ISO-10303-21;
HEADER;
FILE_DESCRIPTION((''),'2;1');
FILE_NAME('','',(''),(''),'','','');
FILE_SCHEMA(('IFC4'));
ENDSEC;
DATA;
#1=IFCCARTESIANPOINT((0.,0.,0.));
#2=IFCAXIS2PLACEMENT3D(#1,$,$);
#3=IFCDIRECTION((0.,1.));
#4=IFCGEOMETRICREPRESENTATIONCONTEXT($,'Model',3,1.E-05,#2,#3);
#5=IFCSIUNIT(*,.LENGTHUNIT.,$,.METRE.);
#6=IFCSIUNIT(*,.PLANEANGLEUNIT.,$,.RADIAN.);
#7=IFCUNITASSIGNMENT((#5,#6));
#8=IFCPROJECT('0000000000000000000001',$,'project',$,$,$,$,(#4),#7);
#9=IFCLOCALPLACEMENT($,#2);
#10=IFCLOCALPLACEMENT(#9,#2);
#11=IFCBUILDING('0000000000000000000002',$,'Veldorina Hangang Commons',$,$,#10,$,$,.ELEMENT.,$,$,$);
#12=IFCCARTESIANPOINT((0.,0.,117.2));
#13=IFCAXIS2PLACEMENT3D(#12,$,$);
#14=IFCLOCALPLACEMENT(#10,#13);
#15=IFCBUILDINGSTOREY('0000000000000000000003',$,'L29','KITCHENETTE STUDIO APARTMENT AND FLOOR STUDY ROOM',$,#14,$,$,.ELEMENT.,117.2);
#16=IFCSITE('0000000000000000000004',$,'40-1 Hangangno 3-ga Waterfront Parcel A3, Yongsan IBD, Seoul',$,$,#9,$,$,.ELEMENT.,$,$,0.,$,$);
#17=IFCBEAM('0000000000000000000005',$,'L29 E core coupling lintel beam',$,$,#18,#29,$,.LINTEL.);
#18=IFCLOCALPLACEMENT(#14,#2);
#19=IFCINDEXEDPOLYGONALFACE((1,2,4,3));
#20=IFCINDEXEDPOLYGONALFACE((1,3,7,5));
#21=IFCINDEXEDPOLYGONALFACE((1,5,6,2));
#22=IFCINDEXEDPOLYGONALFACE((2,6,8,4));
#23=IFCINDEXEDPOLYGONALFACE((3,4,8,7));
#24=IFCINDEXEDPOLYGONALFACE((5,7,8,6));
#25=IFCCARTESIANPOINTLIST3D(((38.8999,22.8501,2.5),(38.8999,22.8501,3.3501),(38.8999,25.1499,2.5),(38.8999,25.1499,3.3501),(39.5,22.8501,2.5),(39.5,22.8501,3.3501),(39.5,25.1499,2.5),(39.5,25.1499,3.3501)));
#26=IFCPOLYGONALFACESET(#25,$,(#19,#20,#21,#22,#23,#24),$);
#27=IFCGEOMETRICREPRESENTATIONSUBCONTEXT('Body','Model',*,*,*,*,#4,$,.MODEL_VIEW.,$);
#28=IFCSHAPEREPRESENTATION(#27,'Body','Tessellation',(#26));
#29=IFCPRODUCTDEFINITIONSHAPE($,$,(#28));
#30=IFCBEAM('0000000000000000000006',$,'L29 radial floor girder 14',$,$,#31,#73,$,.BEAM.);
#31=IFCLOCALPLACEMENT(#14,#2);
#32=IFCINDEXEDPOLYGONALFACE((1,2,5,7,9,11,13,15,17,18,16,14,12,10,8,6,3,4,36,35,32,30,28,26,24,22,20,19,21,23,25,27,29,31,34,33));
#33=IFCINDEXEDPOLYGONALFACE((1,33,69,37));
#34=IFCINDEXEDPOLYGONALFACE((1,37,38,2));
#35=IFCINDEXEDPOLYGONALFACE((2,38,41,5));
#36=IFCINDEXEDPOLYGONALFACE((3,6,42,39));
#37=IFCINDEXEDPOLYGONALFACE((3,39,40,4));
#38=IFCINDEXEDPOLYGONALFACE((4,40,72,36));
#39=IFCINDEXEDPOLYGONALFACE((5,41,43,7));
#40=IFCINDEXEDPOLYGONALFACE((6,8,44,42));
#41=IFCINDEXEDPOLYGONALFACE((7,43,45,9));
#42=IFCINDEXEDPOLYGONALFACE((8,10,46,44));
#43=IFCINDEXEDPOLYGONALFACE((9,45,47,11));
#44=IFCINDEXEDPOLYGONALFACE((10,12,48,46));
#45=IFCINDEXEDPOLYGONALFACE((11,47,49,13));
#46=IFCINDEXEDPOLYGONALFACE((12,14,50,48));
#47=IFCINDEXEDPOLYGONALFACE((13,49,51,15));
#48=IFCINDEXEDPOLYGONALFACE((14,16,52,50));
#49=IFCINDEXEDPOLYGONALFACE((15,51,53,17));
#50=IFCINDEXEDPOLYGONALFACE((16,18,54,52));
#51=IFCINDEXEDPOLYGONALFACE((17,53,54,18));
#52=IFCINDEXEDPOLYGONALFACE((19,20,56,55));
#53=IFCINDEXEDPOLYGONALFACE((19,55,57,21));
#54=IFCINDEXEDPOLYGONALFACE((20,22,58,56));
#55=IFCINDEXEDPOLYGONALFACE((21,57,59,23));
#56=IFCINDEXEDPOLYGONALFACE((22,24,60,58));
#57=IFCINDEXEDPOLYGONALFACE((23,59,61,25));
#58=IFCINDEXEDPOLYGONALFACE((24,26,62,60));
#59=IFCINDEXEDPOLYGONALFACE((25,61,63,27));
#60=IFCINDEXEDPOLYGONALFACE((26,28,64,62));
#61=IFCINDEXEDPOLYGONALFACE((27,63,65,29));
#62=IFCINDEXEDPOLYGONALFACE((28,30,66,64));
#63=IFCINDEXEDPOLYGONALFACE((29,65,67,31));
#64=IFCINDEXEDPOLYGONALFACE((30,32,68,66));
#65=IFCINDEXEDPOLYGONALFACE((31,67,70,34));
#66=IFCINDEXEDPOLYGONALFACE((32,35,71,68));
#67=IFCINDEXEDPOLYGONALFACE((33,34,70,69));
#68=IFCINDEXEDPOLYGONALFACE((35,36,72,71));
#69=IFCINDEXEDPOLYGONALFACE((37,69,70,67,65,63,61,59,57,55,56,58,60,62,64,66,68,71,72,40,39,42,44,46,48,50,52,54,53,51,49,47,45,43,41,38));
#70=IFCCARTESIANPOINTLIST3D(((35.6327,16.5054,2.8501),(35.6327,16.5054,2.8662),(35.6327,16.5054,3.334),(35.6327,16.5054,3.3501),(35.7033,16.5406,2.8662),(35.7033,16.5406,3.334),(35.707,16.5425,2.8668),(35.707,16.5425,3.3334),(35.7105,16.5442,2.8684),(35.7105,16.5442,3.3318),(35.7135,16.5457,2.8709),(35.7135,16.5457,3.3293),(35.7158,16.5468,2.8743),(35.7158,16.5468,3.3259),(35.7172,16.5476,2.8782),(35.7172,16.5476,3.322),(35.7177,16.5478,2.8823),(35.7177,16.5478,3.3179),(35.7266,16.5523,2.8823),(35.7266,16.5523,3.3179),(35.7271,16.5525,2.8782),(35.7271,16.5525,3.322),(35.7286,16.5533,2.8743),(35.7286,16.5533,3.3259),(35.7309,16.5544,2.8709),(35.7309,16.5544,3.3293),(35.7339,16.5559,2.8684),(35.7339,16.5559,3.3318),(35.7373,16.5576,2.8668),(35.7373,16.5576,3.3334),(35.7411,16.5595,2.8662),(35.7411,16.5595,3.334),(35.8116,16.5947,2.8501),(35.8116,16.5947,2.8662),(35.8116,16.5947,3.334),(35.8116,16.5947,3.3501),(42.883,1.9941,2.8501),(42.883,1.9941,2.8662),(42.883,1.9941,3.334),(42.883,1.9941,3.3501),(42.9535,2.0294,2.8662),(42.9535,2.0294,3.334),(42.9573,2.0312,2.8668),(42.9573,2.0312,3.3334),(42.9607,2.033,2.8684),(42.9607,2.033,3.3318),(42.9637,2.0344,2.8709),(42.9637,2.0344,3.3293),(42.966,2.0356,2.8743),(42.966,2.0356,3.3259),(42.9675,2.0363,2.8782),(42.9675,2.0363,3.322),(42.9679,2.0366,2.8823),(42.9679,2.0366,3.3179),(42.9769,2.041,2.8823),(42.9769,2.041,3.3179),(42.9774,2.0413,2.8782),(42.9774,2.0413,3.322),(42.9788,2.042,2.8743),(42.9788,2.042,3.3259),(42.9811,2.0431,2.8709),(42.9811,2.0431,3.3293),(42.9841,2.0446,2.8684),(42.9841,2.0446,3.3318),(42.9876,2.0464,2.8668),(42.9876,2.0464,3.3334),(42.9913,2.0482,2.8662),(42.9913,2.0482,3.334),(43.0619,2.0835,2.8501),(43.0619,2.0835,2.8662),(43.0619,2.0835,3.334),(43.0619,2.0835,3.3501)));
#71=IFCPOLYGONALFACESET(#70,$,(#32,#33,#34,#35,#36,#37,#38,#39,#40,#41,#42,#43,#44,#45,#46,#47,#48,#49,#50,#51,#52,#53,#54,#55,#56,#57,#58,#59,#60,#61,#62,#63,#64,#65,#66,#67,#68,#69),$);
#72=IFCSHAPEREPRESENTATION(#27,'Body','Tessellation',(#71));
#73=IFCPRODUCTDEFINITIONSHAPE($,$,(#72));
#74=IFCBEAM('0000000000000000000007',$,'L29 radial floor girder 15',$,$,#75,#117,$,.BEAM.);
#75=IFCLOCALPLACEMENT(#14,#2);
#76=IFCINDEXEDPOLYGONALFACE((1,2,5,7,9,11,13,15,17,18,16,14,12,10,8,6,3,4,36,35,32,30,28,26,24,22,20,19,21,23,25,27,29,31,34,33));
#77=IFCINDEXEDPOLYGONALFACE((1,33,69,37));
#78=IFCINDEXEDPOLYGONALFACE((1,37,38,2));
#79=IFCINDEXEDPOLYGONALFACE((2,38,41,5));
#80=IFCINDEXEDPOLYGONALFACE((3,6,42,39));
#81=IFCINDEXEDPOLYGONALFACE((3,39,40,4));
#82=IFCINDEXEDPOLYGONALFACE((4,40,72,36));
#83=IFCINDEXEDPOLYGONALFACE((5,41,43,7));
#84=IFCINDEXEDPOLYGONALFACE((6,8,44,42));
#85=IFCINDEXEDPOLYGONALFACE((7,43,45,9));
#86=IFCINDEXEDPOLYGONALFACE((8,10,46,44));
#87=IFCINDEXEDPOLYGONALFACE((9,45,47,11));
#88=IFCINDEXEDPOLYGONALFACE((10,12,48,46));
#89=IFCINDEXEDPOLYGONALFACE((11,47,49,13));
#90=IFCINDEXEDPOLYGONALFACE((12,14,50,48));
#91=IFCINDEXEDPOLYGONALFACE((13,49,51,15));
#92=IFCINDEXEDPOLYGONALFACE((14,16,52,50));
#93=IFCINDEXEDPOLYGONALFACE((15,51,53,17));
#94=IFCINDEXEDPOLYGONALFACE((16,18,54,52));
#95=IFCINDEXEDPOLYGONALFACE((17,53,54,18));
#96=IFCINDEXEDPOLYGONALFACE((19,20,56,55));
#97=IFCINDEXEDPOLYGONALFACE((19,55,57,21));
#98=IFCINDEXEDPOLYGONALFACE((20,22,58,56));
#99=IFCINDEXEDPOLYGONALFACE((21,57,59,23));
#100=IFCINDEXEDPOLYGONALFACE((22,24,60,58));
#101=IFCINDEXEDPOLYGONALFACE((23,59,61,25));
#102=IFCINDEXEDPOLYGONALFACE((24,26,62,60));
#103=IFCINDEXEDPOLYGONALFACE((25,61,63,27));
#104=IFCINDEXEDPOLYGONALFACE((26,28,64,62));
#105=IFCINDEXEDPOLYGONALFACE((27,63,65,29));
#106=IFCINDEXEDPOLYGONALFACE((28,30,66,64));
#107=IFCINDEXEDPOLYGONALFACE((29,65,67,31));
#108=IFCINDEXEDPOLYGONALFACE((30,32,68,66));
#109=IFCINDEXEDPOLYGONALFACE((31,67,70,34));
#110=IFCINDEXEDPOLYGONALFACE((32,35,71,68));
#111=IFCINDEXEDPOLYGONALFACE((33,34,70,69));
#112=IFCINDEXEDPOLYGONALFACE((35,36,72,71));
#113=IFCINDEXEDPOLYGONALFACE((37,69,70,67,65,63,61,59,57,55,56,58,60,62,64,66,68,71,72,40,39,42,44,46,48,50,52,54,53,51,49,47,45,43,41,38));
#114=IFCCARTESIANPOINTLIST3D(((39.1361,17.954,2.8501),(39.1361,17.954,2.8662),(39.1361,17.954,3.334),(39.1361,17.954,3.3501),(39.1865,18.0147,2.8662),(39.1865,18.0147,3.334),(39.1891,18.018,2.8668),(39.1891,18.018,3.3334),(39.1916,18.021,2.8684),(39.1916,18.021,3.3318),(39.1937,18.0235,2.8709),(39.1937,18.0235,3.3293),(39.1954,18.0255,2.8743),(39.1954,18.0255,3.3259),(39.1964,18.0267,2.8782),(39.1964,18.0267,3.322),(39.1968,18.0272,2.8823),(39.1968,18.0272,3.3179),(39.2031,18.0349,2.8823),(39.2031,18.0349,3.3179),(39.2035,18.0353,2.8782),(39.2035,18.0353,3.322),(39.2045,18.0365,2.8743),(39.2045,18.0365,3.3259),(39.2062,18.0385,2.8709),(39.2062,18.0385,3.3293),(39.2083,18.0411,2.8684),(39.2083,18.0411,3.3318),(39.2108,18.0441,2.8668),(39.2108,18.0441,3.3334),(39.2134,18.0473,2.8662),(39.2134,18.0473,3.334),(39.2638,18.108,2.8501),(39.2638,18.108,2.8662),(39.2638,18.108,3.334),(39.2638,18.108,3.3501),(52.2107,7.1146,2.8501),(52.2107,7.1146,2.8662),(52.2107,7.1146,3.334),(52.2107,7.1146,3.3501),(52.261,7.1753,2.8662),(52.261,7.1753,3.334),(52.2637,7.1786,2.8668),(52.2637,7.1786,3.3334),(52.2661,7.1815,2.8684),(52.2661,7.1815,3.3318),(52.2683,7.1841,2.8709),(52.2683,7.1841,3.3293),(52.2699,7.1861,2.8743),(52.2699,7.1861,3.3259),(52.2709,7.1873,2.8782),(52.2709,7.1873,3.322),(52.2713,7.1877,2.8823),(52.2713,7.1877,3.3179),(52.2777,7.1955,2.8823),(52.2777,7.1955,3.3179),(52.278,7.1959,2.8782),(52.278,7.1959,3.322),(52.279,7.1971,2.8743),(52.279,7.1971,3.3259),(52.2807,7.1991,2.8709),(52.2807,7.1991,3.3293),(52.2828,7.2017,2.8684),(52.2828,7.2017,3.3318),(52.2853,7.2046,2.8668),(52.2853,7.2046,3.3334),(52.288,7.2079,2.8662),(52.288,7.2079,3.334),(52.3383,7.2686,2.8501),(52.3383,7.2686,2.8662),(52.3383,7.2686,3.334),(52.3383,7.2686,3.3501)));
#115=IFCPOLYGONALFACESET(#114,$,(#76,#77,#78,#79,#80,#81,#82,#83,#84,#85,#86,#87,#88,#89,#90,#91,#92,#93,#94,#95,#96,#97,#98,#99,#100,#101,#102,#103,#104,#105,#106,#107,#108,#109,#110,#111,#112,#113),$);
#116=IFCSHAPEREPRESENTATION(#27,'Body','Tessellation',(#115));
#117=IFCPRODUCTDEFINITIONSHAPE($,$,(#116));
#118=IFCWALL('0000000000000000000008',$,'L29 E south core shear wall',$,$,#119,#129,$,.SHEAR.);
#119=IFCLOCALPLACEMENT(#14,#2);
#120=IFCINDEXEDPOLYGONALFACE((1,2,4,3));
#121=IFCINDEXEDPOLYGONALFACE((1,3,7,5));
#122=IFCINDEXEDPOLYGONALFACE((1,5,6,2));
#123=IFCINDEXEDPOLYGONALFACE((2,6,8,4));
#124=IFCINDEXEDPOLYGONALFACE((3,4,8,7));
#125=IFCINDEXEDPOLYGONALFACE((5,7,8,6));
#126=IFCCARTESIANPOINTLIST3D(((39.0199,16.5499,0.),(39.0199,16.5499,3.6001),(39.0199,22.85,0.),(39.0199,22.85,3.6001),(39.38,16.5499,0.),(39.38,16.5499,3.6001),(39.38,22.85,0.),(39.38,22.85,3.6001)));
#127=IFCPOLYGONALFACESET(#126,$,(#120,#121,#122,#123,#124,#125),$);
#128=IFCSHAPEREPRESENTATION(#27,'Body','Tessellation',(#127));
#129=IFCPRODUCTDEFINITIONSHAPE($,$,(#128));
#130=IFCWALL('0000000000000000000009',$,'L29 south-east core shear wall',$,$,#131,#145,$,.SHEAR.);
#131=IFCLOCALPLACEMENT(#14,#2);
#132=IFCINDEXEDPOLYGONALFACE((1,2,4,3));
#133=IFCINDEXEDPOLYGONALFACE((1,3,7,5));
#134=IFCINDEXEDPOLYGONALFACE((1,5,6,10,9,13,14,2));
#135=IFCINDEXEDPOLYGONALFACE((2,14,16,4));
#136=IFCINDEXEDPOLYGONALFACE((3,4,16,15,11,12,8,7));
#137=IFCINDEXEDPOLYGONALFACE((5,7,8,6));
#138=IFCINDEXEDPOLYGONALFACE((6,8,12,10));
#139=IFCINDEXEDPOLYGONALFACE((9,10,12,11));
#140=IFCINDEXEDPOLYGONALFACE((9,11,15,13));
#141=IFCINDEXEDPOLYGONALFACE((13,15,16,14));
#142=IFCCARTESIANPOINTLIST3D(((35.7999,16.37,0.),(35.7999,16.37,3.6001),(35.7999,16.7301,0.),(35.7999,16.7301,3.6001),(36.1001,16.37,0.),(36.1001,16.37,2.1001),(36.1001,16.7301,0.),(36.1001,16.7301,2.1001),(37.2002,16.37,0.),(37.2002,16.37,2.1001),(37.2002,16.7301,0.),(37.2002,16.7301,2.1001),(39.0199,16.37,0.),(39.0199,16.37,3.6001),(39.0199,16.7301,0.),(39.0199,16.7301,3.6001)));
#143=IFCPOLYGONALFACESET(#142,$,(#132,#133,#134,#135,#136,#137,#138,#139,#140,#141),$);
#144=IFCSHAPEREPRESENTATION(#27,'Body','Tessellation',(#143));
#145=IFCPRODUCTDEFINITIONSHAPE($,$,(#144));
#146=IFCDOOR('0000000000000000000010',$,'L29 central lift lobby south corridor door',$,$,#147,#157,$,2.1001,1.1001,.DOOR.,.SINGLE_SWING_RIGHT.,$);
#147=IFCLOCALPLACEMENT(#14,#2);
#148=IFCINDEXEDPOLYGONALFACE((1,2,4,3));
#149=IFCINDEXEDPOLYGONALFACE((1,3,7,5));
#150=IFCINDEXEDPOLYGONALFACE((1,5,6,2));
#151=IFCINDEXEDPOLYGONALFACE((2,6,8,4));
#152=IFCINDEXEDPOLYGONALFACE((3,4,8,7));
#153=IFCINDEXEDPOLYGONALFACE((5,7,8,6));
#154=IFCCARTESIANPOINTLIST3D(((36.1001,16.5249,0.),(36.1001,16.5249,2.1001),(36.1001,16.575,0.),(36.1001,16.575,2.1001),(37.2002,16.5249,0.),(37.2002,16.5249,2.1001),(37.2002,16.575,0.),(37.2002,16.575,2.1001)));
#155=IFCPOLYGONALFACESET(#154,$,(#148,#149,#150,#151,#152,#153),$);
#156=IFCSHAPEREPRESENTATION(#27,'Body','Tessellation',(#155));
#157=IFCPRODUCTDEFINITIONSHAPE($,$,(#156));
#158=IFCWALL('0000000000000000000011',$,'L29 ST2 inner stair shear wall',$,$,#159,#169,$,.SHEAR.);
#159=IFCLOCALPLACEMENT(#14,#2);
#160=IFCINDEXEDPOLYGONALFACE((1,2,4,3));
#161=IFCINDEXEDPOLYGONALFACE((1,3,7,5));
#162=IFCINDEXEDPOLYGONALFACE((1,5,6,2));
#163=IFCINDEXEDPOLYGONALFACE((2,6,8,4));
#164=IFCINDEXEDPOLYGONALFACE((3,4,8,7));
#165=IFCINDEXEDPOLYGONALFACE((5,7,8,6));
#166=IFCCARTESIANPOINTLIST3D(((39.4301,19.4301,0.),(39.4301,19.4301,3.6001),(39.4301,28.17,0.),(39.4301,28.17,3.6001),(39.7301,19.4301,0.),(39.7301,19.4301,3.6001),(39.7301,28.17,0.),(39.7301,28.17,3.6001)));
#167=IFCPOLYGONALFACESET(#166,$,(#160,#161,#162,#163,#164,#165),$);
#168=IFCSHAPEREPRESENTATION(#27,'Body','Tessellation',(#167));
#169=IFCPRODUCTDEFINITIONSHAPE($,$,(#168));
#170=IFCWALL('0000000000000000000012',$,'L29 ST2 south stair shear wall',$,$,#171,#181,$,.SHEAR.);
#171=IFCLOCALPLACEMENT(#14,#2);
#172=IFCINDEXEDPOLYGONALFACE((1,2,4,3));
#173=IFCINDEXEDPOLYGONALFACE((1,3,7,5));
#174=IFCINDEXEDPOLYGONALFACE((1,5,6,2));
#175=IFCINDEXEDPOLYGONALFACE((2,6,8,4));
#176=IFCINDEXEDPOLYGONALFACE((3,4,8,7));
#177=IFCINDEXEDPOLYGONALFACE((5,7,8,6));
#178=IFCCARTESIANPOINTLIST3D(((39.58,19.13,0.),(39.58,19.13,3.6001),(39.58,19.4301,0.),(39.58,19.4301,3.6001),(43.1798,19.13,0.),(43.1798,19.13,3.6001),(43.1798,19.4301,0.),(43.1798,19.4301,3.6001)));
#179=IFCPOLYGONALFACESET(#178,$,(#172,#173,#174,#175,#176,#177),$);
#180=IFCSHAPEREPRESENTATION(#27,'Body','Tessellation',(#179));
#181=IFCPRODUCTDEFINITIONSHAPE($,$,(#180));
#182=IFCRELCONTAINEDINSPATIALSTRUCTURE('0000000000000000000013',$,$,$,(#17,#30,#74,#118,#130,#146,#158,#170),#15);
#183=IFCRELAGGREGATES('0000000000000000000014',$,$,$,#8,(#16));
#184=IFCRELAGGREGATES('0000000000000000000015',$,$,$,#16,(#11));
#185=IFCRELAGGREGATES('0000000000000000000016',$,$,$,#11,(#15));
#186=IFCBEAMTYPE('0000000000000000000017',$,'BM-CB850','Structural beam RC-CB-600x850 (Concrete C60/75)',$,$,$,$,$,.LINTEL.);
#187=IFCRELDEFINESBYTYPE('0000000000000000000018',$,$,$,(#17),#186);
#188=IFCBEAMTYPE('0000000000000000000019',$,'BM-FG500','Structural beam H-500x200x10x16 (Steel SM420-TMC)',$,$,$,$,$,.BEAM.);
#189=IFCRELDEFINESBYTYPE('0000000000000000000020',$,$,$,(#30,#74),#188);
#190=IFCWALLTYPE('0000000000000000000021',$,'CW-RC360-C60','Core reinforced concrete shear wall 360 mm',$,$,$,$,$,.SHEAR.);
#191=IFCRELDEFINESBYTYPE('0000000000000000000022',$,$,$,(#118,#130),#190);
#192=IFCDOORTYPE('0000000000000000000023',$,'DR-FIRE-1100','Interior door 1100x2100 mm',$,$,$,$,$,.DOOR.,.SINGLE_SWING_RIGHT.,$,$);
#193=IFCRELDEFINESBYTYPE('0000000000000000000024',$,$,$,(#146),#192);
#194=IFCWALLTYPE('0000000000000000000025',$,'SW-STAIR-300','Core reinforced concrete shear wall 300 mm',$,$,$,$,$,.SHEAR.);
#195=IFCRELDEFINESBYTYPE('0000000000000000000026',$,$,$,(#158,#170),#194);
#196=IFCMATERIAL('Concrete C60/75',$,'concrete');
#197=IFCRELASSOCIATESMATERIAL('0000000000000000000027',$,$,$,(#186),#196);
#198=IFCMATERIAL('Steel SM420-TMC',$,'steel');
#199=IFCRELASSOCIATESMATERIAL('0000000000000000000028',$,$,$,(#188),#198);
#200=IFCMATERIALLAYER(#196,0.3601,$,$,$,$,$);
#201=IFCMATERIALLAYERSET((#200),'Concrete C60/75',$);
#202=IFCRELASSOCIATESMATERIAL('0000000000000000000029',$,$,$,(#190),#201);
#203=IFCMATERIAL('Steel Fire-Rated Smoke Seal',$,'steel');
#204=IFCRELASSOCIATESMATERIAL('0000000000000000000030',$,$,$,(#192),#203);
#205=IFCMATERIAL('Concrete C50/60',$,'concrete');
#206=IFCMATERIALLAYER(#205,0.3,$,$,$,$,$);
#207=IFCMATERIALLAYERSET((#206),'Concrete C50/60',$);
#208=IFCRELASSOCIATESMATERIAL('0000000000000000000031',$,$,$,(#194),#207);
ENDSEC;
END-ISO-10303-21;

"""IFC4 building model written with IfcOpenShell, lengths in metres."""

from ifc_helpers import new_model, si_unit, direction, frame, frame_2d, origin, origin_2d, place, context, subcontext, project, spatial, rectangle, i_section, extrude, material, layer, layer_set, material_profile, profile_set, type_object, element, fill, save


model = new_model("IFC4")

# Units and contexts
model_context = context("Model", 3, precision=1e-05, world=origin(), true_north=direction((0.0, 1.0)))
body_context = subcontext(model_context, "Body", "Model", "MODEL_VIEW")
ifc_project = project(units=[si_unit("LENGTHUNIT", "METRE"), si_unit("PLANEANGLEUNIT", "RADIAN")], contexts=[model_context])

# Site, building, storey
site_placement = place(None, origin())
site = spatial("IfcSite", under=ifc_project, at=site_placement, Name="40-1 Hangangno 3-ga Waterfront Parcel A3, Yongsan IBD, Seoul", CompositionType="ELEMENT", RefElevation=0.0)
building_placement = place(site_placement, origin())
building = spatial("IfcBuilding", under=site, at=building_placement, Name="Veldorina Hangang Commons", CompositionType="ELEMENT")
storey_placement = place(building_placement, frame((0.0, 0.0, 117.2)))
storey = spatial("IfcBuildingStorey", under=building, at=storey_placement, Name="L29", Description="KITCHENETTE STUDIO APARTMENT AND FLOOR STUDY ROOM", CompositionType="ELEMENT", Elevation=117.2)

# Beams
ifc_material_1 = material(Name="Concrete C60/75", Category="concrete")
ifc_material_profile_1 = material_profile(ifc_material_1, rectangle(XDim=0.6001, YDim=0.8501, at=origin_2d()), Name="RC-CB-600x850")
ifc_profile_set_1 = profile_set([ifc_material_profile_1], Name="Concrete C60/75")
beam_type_1 = type_object("IfcBeamType", Name="BM-CB850", Description="Structural beam RC-CB-600x850 (Concrete C60/75)", PredefinedType="LINTEL", material=ifc_profile_set_1)
beam_1_placement = place(storey_placement, frame((39.2, 22.8501, 2.925), z_axis=(0.0, 1.0, 0.0), x_axis=(-1.0, 0.0, 0.0)))
element("IfcBeam", 1, at=beam_1_placement, inside=storey, type_object=beam_type_1, Name="L29 E core coupling lintel beam", PredefinedType="LINTEL", context=body_context, shape_type="SweptSolid", body=[
    extrude(rectangle(XDim=0.6001, YDim=0.8501, at=origin_2d()), origin(), (0.0, 0.0, 1.0), 2.2998),
])
ifc_material_2 = material(Name="Steel SM420-TMC", Category="steel")
ifc_material_profile_2 = material_profile(ifc_material_2, i_section(OverallWidth=0.2, OverallDepth=0.5, WebThickness=0.01, FlangeThickness=0.0161, FilletRadius=0.0161, at=origin_2d()), Name="H-500x200x10x16")
ifc_profile_set_2 = profile_set([ifc_material_profile_2], Name="Steel SM420-TMC")
beam_type_2 = type_object("IfcBeamType", Name="BM-FG500", Description="Structural beam H-500x200x10x16 (Steel SM420-TMC)", PredefinedType="BEAM", material=ifc_profile_set_2)
beam_2_placement = place(storey_placement, frame((35.7222, 16.55, 3.1001), z_axis=(0.446949, -0.89456, 0.0), x_axis=(0.89456, 0.446949, 0.0)))
element("IfcBeam", 2, at=beam_2_placement, inside=storey, type_object=beam_type_2, Name="L29 radial floor girder 14", PredefinedType="BEAM", context=body_context, shape_type="SweptSolid", body=[
    extrude(i_section(OverallWidth=0.2, OverallDepth=0.5, WebThickness=0.01, FlangeThickness=0.0161, FilletRadius=0.0161, at=origin_2d()), origin(), (0.0, 0.0, 1.0), 16.2217),
])
beam_3_placement = place(storey_placement, frame((39.2, 18.031, 3.1001), z_axis=(0.769841, -0.638235, 0.0), x_axis=(0.638235, 0.769841, 0.0)))
element("IfcBeam", 3, at=beam_3_placement, inside=storey, type_object=beam_type_2, Name="L29 radial floor girder 15", PredefinedType="BEAM", context=body_context, shape_type="SweptSolid", body=[
    extrude(i_section(OverallWidth=0.2, OverallDepth=0.5, WebThickness=0.01, FlangeThickness=0.0161, FilletRadius=0.0161, at=origin_2d()), origin(), (0.0, 0.0, 1.0), 16.9834),
])

# Wall
ifc_layer_1 = layer(ifc_material_1, 0.3601)
ifc_layer_set_1 = layer_set([ifc_layer_1], Name="Concrete C60/75")
wall_type_1 = type_object("IfcWallType", Name="CW-RC360-C60", Description="Core reinforced concrete shear wall 360 mm", PredefinedType="SHEAR", material=ifc_layer_set_1)
wall_1_placement = place(storey_placement, frame((39.2, 16.55, 0.0), z_axis=(0.0, 0.0, 1.0), x_axis=(0.0, 1.0, 0.0)))
element("IfcWall", 4, at=wall_1_placement, inside=storey, type_object=wall_type_1, Name="L29 E south core shear wall", PredefinedType="SHEAR", context=body_context, shape_type="SweptSolid", body=[
    extrude(rectangle(XDim=6.3, YDim=0.3601, at=frame_2d((3.1499, 0.0))), origin(), (0.0, 0.0, 1.0), 3.6001),
])

# Wall, opening, door
wall_2_placement = place(storey_placement, frame((35.8, 16.55, 0.0), z_axis=(0.0, 0.0, 1.0), x_axis=(1.0, 0.0, 0.0)))
wall_2 = element("IfcWall", 5, at=wall_2_placement, inside=storey, type_object=wall_type_1, Name="L29 south-east core shear wall", PredefinedType="SHEAR", context=body_context, shape_type="SweptSolid", body=[
    extrude(rectangle(XDim=3.22, YDim=0.3601, at=frame_2d((1.6099, 0.0))), origin(), (0.0, 0.0, 1.0), 3.6001),
])
opening_1_placement = place(wall_2_placement, frame((0.3, 0.0, 0.0)))
opening_1 = element("IfcOpeningElement", 6, at=opening_1_placement, cuts=wall_2, PredefinedType="OPENING", context=body_context, shape_type="SweptSolid", body=[
    extrude(rectangle(XDim=1.1001, YDim=2.1001, at=frame_2d((0.55, 1.05))), frame((0.0, 0.1899, 0.0), z_axis=(0.0, -1.0, 0.0), x_axis=(1.0, 0.0, 0.0)), (0.0, 0.0, 1.0), 0.3801),
])
ifc_material_3 = material(Name="Steel Fire-Rated Smoke Seal", Category="steel")
door_type_1 = type_object("IfcDoorType", Name="DR-FIRE-1100", Description="Interior door 1100x2100 mm", OperationType="SINGLE_SWING_RIGHT", PredefinedType="DOOR", material=ifc_material_3)
door_1_placement = place(opening_1_placement, origin())
door_1 = element("IfcDoor", 7, at=door_1_placement, inside=storey, type_object=door_type_1, Name="L29 central lift lobby south corridor door", OperationType="SINGLE_SWING_RIGHT", OverallHeight=2.1001, OverallWidth=1.1001, PredefinedType="DOOR", context=body_context, shape_type="SweptSolid", body=[
    extrude(rectangle(XDim=1.1001, YDim=2.1001, at=frame_2d((0.55, 1.05))), frame((0.0, 0.0249, 0.0), z_axis=(0.0, -1.0, 0.0), x_axis=(1.0, 0.0, 0.0)), (0.0, 0.0, 1.0), 0.05),
])
fill(opening_1, door_1)

# Walls
ifc_material_4 = material(Name="Concrete C50/60", Category="concrete")
ifc_layer_2 = layer(ifc_material_4, 0.3)
ifc_layer_set_2 = layer_set([ifc_layer_2], Name="Concrete C50/60")
wall_type_2 = type_object("IfcWallType", Name="SW-STAIR-300", Description="Core reinforced concrete shear wall 300 mm", PredefinedType="SHEAR", material=ifc_layer_set_2)
wall_3_placement = place(storey_placement, frame((39.5801, 19.4299, 0.0), z_axis=(0.0, 0.0, 1.0), x_axis=(0.0, 1.0, 0.0)))
element("IfcWall", 8, at=wall_3_placement, inside=storey, type_object=wall_type_2, Name="L29 ST2 inner stair shear wall", PredefinedType="SHEAR", context=body_context, shape_type="SweptSolid", body=[
    extrude(rectangle(XDim=8.74, YDim=0.3, at=frame_2d((4.3701, 0.0))), origin(), (0.0, 0.0, 1.0), 3.6001),
])
wall_4_placement = place(storey_placement, frame((39.5801, 19.28, 0.0), z_axis=(0.0, 0.0, 1.0), x_axis=(1.0, 0.0, 0.0)))
element("IfcWall", 9, at=wall_4_placement, inside=storey, type_object=wall_type_2, Name="L29 ST2 south stair shear wall", PredefinedType="SHEAR", context=body_context, shape_type="SweptSolid", body=[
    extrude(rectangle(XDim=3.5999, YDim=0.3, at=frame_2d((1.7998, 0.0))), origin(), (0.0, 0.0, 1.0), 3.6001),
])

save(model, "model.ifc")
